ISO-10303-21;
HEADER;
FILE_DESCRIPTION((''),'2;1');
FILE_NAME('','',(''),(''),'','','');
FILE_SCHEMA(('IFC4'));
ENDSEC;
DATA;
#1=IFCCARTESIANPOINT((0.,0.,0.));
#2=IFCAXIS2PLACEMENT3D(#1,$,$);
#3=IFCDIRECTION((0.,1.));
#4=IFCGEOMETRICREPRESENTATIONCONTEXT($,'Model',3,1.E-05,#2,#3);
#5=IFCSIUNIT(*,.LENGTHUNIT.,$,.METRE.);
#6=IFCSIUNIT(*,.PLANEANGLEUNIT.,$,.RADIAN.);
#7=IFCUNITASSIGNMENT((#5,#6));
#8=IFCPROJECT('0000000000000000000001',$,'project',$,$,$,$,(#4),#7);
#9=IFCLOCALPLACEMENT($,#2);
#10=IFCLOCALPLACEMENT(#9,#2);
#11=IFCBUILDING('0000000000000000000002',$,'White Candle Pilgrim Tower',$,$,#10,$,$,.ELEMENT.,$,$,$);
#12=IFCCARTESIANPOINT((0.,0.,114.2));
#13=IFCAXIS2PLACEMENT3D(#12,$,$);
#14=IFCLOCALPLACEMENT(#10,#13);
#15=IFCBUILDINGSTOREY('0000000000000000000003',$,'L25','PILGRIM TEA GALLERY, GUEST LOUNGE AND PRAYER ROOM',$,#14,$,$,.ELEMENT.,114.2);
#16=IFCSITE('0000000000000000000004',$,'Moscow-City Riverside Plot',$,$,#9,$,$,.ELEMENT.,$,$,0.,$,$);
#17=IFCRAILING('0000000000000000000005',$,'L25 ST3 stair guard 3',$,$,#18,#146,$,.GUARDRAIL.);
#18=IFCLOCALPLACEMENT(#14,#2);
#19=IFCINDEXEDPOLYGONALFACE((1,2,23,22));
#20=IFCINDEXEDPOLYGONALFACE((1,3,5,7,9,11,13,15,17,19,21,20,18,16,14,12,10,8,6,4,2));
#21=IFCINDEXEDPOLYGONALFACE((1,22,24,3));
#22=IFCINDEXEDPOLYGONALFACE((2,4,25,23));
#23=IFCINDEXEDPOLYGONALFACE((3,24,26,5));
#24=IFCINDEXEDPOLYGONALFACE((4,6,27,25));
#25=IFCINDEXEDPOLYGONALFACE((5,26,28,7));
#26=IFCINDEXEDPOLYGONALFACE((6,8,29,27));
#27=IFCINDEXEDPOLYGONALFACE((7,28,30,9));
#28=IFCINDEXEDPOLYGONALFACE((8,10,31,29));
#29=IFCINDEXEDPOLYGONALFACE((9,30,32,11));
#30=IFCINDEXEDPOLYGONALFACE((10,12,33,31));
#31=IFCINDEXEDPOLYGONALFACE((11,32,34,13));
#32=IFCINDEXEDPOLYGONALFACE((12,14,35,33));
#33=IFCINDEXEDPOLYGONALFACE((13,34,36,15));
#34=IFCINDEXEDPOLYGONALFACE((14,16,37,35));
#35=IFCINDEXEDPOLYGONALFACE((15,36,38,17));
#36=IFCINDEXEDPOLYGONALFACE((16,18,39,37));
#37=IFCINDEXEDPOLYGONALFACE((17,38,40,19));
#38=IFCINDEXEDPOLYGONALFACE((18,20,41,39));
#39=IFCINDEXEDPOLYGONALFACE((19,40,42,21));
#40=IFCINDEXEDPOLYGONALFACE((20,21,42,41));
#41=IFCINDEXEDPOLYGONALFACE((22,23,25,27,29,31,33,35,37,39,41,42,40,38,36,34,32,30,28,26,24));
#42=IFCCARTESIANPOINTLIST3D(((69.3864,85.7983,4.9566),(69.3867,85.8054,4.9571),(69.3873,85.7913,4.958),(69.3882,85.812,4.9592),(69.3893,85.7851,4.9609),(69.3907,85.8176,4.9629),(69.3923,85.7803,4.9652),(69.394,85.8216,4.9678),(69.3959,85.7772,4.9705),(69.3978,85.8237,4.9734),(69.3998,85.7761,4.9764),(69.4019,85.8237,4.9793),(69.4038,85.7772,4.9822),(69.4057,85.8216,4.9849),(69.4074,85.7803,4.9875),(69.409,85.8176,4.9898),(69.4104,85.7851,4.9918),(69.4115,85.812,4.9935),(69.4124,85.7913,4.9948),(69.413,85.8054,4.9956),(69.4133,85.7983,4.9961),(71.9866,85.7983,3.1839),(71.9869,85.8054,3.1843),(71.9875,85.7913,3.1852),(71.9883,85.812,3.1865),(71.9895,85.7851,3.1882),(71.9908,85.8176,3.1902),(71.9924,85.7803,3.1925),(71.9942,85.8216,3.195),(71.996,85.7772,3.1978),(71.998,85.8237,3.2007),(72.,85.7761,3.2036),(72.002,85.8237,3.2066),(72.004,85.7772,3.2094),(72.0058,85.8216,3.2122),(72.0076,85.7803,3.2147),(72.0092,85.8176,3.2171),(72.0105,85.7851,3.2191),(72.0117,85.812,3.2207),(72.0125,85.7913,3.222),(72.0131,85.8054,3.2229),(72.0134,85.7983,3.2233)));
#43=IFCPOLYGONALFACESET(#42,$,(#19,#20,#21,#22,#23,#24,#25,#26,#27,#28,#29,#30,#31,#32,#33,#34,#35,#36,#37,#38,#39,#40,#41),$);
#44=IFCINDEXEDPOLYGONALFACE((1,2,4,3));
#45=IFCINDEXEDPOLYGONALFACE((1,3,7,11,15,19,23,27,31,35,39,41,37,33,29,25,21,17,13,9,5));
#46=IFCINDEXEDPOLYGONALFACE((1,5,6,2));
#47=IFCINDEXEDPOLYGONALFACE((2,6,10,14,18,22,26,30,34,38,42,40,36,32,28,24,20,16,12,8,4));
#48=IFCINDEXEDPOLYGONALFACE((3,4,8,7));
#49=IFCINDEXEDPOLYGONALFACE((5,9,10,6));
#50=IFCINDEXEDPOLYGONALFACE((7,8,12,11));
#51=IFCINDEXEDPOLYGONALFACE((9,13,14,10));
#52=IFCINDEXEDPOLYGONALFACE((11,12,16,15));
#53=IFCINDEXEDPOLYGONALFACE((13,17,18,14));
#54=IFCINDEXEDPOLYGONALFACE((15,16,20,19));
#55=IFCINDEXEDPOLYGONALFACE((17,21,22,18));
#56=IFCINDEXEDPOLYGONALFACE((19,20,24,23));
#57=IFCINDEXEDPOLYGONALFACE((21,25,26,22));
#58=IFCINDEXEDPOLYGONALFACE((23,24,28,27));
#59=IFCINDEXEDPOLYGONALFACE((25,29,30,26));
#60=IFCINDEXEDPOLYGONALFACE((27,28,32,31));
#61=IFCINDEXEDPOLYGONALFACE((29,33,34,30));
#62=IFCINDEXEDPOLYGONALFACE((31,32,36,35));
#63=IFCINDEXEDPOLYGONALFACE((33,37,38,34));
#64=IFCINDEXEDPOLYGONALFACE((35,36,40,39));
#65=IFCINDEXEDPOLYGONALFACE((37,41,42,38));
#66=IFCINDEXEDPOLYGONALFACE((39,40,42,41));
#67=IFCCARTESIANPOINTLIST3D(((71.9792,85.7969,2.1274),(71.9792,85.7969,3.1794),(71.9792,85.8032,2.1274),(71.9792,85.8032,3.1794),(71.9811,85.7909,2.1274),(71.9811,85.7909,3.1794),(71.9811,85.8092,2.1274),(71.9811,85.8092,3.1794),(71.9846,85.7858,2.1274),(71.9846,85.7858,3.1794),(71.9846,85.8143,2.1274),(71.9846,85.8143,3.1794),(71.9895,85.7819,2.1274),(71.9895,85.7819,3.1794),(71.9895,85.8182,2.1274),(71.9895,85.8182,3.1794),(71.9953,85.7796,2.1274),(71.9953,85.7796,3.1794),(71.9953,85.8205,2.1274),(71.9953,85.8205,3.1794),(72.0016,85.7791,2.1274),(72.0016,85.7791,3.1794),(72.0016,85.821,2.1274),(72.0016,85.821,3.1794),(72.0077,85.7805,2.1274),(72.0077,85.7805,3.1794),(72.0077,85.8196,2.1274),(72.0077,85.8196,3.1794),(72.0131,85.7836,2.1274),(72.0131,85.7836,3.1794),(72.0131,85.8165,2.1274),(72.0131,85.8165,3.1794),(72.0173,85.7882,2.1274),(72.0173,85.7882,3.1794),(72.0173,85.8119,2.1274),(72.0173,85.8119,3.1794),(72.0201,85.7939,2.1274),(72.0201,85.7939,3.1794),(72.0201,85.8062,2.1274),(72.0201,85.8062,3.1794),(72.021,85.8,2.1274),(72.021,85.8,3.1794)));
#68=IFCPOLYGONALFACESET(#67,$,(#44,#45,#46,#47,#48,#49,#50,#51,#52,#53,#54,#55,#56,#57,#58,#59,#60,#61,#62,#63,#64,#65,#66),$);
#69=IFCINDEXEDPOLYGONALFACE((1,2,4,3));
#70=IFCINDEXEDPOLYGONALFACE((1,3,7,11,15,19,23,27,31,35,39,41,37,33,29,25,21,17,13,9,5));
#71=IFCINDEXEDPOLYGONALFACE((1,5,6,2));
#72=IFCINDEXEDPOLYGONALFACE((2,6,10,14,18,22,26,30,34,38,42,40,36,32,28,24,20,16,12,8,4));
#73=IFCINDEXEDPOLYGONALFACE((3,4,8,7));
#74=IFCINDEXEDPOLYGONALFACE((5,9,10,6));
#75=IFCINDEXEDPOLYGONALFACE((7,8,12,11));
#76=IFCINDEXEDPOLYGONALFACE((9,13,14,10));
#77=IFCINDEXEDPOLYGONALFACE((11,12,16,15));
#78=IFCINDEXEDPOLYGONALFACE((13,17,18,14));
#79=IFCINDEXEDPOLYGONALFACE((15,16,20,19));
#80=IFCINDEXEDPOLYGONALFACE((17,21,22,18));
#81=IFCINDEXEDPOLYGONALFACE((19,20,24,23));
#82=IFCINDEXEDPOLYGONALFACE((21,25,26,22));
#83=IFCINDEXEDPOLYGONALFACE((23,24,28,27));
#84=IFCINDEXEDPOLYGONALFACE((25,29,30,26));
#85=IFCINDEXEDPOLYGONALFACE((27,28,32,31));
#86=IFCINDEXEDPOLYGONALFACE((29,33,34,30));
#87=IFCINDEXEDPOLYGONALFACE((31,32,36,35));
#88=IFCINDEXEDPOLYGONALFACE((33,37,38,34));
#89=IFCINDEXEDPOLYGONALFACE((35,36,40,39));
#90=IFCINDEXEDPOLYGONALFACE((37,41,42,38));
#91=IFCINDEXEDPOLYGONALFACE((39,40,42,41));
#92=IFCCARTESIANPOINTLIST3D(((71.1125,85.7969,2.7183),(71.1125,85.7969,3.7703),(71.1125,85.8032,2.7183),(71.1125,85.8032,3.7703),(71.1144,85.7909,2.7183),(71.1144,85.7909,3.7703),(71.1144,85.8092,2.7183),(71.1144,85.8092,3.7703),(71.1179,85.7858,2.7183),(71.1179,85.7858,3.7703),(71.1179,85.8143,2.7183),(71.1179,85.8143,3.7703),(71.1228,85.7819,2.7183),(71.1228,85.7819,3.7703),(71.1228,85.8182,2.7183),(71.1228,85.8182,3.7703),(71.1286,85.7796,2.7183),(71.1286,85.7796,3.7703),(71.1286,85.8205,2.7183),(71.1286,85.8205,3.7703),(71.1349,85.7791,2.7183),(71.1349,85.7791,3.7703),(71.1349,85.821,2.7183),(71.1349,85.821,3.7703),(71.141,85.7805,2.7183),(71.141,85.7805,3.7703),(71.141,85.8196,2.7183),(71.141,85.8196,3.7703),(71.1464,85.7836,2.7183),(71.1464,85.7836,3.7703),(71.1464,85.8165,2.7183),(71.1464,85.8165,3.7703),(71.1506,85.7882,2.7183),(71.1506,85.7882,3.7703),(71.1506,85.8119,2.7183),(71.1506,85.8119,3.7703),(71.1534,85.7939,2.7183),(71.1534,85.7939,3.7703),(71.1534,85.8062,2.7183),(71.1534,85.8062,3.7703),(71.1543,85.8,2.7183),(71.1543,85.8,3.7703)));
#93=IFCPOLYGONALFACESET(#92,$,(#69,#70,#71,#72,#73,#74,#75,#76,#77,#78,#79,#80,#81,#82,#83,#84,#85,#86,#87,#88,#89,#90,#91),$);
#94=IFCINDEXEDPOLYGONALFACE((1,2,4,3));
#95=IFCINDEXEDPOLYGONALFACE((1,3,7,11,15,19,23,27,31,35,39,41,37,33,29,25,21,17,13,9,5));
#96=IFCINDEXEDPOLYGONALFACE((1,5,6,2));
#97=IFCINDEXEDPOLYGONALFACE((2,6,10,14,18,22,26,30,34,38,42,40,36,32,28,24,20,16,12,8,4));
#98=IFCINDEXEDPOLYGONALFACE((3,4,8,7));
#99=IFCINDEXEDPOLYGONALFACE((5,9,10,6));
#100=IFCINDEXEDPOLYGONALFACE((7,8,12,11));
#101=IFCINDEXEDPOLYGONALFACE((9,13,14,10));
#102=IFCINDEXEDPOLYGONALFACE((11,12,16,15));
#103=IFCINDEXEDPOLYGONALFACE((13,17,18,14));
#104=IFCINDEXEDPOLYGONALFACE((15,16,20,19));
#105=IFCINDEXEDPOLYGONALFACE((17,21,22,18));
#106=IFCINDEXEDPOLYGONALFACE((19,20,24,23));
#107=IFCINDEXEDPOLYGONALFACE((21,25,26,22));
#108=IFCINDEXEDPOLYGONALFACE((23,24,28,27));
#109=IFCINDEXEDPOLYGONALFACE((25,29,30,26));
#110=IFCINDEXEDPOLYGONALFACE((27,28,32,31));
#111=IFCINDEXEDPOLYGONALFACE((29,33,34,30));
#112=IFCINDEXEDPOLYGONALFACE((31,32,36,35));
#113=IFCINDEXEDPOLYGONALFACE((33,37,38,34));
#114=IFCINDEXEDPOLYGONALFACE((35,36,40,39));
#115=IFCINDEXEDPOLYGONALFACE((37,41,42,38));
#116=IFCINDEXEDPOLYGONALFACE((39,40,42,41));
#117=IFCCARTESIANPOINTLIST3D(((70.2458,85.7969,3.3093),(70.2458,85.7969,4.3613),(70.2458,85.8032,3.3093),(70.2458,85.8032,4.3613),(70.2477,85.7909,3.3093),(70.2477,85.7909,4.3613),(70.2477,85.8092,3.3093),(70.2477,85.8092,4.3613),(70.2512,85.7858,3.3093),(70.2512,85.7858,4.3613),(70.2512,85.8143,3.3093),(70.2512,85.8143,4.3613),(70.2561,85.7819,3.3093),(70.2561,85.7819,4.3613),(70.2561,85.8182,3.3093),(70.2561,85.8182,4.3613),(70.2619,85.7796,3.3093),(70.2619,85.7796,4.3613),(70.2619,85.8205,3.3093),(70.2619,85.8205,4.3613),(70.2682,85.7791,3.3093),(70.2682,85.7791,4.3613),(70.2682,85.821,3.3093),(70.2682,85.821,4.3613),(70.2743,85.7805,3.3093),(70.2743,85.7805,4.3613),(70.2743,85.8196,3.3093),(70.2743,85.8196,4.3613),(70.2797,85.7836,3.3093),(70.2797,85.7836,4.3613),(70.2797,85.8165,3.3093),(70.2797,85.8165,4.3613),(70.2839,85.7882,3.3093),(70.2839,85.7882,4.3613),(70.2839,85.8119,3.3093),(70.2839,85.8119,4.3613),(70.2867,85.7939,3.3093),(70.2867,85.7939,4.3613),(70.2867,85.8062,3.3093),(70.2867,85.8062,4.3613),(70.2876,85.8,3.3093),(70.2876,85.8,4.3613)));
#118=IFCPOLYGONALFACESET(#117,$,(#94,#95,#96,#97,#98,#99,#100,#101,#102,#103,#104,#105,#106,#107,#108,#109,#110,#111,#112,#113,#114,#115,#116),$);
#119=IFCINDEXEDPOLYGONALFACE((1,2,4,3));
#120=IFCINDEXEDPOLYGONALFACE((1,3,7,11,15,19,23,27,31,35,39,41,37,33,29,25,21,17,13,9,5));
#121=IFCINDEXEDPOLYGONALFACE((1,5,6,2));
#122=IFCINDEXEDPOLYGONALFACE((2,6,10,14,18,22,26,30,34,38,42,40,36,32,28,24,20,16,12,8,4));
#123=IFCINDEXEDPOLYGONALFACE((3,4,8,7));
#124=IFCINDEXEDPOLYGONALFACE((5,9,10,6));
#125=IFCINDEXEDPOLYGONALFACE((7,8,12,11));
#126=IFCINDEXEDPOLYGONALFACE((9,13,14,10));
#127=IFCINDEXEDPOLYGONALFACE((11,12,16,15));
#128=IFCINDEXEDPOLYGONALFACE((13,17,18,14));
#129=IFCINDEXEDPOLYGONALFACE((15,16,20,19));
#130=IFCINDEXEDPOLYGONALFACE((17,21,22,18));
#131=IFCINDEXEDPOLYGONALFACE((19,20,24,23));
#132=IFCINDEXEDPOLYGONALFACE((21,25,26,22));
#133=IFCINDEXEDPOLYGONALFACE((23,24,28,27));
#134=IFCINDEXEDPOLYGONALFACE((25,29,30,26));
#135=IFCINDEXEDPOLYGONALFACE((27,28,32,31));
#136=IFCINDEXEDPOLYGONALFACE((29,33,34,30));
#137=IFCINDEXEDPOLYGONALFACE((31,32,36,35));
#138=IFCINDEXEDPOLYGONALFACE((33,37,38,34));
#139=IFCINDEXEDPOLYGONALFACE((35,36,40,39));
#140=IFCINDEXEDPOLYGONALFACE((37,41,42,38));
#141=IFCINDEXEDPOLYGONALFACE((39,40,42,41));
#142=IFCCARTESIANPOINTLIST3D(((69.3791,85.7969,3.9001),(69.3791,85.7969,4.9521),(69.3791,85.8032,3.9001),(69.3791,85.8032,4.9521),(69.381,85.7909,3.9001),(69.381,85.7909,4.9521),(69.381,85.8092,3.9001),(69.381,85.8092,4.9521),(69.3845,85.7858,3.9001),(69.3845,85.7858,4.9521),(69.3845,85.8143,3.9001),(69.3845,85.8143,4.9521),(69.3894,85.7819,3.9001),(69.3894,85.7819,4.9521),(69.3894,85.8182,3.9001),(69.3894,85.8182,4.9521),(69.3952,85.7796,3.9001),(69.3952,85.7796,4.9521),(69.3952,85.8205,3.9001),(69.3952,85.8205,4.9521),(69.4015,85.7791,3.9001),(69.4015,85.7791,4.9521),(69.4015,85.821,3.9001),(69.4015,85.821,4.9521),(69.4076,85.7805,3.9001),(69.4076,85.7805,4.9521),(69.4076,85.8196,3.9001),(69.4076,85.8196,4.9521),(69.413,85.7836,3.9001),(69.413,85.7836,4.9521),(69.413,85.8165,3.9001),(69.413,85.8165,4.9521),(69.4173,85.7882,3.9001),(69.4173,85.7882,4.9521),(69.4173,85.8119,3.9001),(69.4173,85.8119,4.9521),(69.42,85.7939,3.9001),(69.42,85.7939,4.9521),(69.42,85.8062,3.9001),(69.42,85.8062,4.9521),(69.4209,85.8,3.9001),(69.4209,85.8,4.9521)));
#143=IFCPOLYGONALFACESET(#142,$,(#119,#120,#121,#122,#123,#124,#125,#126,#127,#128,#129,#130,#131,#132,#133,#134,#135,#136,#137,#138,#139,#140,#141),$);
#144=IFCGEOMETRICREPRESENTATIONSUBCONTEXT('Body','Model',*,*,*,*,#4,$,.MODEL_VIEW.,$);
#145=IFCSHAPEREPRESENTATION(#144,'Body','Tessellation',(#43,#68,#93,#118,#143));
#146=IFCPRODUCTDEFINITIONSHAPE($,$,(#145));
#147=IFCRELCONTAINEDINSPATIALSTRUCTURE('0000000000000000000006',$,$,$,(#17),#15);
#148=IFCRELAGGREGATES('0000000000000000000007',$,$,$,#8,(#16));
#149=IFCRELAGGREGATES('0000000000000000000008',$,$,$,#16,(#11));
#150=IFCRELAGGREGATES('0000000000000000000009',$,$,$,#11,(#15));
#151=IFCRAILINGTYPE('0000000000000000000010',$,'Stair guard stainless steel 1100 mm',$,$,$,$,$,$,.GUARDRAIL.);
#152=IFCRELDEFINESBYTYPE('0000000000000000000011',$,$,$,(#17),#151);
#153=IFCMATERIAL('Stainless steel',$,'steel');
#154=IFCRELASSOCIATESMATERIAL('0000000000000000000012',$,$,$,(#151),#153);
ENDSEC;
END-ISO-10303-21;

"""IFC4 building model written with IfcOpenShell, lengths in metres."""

from ifc_helpers import new_model, si_unit, direction, frame, origin, origin_2d, place, context, subcontext, project, spatial, circle, extrude, material, type_object, element, save


model = new_model("IFC4")

# Units and contexts
model_context = context("Model", 3, precision=1e-05, world=origin(), true_north=direction((0.0, 1.0)))
body_context = subcontext(model_context, "Body", "Model", "MODEL_VIEW")
ifc_project = project(units=[si_unit("LENGTHUNIT", "METRE"), si_unit("PLANEANGLEUNIT", "RADIAN")], contexts=[model_context])

# Site, building, storey
site_placement = place(None, origin())
site = spatial("IfcSite", under=ifc_project, at=site_placement, Name="Moscow-City Riverside Plot", CompositionType="ELEMENT", RefElevation=0.0)
building_placement = place(site_placement, origin())
building = spatial("IfcBuilding", under=site, at=building_placement, Name="White Candle Pilgrim Tower", CompositionType="ELEMENT")
storey_placement = place(building_placement, frame((0.0, 0.0, 114.2)))
storey = spatial("IfcBuildingStorey", under=building, at=storey_placement, Name="L25", Description="PILGRIM TEA GALLERY, GUEST LOUNGE AND PRAYER ROOM", CompositionType="ELEMENT", Elevation=114.2)

# Railing
ifc_material_1 = material(Name="Stainless steel", Category="steel")
railing_type_1 = type_object("IfcRailingType", Name="Stair guard stainless steel 1100 mm", PredefinedType="GUARDRAIL", material=ifc_material_1)
railing_1_placement = place(storey_placement, frame((72.0, 85.8, 2.1274)))
element("IfcRailing", 1, at=railing_1_placement, inside=storey, type_object=railing_type_1, Name="L25 ST3 stair guard 3", PredefinedType="GUARDRAIL", context=body_context, shape_type="SweptSolid", body=[
    extrude(circle(Radius=0.0239, at=origin_2d()), frame((0.0, 0.0, 1.0762), z_axis=(-0.82624, 0.0, 0.563318), x_axis=(0.0, -1.0, 0.0)), (0.0, 0.0, 1.0), 3.147),
    extrude(circle(Radius=0.021, at=origin_2d()), origin(), (0.0, 0.0, 1.0), 1.052),
    extrude(circle(Radius=0.021, at=origin_2d()), frame((-0.8667, 0.0, 0.5908)), (0.0, 0.0, 1.0), 1.052),
    extrude(circle(Radius=0.021, at=origin_2d()), frame((-1.7334, 0.0, 1.1819)), (0.0, 0.0, 1.0), 1.052),
    extrude(circle(Radius=0.021, at=origin_2d()), frame((-2.6001, 0.0, 1.7727)), (0.0, 0.0, 1.0), 1.052),
])

save(model, "model.ifc")
